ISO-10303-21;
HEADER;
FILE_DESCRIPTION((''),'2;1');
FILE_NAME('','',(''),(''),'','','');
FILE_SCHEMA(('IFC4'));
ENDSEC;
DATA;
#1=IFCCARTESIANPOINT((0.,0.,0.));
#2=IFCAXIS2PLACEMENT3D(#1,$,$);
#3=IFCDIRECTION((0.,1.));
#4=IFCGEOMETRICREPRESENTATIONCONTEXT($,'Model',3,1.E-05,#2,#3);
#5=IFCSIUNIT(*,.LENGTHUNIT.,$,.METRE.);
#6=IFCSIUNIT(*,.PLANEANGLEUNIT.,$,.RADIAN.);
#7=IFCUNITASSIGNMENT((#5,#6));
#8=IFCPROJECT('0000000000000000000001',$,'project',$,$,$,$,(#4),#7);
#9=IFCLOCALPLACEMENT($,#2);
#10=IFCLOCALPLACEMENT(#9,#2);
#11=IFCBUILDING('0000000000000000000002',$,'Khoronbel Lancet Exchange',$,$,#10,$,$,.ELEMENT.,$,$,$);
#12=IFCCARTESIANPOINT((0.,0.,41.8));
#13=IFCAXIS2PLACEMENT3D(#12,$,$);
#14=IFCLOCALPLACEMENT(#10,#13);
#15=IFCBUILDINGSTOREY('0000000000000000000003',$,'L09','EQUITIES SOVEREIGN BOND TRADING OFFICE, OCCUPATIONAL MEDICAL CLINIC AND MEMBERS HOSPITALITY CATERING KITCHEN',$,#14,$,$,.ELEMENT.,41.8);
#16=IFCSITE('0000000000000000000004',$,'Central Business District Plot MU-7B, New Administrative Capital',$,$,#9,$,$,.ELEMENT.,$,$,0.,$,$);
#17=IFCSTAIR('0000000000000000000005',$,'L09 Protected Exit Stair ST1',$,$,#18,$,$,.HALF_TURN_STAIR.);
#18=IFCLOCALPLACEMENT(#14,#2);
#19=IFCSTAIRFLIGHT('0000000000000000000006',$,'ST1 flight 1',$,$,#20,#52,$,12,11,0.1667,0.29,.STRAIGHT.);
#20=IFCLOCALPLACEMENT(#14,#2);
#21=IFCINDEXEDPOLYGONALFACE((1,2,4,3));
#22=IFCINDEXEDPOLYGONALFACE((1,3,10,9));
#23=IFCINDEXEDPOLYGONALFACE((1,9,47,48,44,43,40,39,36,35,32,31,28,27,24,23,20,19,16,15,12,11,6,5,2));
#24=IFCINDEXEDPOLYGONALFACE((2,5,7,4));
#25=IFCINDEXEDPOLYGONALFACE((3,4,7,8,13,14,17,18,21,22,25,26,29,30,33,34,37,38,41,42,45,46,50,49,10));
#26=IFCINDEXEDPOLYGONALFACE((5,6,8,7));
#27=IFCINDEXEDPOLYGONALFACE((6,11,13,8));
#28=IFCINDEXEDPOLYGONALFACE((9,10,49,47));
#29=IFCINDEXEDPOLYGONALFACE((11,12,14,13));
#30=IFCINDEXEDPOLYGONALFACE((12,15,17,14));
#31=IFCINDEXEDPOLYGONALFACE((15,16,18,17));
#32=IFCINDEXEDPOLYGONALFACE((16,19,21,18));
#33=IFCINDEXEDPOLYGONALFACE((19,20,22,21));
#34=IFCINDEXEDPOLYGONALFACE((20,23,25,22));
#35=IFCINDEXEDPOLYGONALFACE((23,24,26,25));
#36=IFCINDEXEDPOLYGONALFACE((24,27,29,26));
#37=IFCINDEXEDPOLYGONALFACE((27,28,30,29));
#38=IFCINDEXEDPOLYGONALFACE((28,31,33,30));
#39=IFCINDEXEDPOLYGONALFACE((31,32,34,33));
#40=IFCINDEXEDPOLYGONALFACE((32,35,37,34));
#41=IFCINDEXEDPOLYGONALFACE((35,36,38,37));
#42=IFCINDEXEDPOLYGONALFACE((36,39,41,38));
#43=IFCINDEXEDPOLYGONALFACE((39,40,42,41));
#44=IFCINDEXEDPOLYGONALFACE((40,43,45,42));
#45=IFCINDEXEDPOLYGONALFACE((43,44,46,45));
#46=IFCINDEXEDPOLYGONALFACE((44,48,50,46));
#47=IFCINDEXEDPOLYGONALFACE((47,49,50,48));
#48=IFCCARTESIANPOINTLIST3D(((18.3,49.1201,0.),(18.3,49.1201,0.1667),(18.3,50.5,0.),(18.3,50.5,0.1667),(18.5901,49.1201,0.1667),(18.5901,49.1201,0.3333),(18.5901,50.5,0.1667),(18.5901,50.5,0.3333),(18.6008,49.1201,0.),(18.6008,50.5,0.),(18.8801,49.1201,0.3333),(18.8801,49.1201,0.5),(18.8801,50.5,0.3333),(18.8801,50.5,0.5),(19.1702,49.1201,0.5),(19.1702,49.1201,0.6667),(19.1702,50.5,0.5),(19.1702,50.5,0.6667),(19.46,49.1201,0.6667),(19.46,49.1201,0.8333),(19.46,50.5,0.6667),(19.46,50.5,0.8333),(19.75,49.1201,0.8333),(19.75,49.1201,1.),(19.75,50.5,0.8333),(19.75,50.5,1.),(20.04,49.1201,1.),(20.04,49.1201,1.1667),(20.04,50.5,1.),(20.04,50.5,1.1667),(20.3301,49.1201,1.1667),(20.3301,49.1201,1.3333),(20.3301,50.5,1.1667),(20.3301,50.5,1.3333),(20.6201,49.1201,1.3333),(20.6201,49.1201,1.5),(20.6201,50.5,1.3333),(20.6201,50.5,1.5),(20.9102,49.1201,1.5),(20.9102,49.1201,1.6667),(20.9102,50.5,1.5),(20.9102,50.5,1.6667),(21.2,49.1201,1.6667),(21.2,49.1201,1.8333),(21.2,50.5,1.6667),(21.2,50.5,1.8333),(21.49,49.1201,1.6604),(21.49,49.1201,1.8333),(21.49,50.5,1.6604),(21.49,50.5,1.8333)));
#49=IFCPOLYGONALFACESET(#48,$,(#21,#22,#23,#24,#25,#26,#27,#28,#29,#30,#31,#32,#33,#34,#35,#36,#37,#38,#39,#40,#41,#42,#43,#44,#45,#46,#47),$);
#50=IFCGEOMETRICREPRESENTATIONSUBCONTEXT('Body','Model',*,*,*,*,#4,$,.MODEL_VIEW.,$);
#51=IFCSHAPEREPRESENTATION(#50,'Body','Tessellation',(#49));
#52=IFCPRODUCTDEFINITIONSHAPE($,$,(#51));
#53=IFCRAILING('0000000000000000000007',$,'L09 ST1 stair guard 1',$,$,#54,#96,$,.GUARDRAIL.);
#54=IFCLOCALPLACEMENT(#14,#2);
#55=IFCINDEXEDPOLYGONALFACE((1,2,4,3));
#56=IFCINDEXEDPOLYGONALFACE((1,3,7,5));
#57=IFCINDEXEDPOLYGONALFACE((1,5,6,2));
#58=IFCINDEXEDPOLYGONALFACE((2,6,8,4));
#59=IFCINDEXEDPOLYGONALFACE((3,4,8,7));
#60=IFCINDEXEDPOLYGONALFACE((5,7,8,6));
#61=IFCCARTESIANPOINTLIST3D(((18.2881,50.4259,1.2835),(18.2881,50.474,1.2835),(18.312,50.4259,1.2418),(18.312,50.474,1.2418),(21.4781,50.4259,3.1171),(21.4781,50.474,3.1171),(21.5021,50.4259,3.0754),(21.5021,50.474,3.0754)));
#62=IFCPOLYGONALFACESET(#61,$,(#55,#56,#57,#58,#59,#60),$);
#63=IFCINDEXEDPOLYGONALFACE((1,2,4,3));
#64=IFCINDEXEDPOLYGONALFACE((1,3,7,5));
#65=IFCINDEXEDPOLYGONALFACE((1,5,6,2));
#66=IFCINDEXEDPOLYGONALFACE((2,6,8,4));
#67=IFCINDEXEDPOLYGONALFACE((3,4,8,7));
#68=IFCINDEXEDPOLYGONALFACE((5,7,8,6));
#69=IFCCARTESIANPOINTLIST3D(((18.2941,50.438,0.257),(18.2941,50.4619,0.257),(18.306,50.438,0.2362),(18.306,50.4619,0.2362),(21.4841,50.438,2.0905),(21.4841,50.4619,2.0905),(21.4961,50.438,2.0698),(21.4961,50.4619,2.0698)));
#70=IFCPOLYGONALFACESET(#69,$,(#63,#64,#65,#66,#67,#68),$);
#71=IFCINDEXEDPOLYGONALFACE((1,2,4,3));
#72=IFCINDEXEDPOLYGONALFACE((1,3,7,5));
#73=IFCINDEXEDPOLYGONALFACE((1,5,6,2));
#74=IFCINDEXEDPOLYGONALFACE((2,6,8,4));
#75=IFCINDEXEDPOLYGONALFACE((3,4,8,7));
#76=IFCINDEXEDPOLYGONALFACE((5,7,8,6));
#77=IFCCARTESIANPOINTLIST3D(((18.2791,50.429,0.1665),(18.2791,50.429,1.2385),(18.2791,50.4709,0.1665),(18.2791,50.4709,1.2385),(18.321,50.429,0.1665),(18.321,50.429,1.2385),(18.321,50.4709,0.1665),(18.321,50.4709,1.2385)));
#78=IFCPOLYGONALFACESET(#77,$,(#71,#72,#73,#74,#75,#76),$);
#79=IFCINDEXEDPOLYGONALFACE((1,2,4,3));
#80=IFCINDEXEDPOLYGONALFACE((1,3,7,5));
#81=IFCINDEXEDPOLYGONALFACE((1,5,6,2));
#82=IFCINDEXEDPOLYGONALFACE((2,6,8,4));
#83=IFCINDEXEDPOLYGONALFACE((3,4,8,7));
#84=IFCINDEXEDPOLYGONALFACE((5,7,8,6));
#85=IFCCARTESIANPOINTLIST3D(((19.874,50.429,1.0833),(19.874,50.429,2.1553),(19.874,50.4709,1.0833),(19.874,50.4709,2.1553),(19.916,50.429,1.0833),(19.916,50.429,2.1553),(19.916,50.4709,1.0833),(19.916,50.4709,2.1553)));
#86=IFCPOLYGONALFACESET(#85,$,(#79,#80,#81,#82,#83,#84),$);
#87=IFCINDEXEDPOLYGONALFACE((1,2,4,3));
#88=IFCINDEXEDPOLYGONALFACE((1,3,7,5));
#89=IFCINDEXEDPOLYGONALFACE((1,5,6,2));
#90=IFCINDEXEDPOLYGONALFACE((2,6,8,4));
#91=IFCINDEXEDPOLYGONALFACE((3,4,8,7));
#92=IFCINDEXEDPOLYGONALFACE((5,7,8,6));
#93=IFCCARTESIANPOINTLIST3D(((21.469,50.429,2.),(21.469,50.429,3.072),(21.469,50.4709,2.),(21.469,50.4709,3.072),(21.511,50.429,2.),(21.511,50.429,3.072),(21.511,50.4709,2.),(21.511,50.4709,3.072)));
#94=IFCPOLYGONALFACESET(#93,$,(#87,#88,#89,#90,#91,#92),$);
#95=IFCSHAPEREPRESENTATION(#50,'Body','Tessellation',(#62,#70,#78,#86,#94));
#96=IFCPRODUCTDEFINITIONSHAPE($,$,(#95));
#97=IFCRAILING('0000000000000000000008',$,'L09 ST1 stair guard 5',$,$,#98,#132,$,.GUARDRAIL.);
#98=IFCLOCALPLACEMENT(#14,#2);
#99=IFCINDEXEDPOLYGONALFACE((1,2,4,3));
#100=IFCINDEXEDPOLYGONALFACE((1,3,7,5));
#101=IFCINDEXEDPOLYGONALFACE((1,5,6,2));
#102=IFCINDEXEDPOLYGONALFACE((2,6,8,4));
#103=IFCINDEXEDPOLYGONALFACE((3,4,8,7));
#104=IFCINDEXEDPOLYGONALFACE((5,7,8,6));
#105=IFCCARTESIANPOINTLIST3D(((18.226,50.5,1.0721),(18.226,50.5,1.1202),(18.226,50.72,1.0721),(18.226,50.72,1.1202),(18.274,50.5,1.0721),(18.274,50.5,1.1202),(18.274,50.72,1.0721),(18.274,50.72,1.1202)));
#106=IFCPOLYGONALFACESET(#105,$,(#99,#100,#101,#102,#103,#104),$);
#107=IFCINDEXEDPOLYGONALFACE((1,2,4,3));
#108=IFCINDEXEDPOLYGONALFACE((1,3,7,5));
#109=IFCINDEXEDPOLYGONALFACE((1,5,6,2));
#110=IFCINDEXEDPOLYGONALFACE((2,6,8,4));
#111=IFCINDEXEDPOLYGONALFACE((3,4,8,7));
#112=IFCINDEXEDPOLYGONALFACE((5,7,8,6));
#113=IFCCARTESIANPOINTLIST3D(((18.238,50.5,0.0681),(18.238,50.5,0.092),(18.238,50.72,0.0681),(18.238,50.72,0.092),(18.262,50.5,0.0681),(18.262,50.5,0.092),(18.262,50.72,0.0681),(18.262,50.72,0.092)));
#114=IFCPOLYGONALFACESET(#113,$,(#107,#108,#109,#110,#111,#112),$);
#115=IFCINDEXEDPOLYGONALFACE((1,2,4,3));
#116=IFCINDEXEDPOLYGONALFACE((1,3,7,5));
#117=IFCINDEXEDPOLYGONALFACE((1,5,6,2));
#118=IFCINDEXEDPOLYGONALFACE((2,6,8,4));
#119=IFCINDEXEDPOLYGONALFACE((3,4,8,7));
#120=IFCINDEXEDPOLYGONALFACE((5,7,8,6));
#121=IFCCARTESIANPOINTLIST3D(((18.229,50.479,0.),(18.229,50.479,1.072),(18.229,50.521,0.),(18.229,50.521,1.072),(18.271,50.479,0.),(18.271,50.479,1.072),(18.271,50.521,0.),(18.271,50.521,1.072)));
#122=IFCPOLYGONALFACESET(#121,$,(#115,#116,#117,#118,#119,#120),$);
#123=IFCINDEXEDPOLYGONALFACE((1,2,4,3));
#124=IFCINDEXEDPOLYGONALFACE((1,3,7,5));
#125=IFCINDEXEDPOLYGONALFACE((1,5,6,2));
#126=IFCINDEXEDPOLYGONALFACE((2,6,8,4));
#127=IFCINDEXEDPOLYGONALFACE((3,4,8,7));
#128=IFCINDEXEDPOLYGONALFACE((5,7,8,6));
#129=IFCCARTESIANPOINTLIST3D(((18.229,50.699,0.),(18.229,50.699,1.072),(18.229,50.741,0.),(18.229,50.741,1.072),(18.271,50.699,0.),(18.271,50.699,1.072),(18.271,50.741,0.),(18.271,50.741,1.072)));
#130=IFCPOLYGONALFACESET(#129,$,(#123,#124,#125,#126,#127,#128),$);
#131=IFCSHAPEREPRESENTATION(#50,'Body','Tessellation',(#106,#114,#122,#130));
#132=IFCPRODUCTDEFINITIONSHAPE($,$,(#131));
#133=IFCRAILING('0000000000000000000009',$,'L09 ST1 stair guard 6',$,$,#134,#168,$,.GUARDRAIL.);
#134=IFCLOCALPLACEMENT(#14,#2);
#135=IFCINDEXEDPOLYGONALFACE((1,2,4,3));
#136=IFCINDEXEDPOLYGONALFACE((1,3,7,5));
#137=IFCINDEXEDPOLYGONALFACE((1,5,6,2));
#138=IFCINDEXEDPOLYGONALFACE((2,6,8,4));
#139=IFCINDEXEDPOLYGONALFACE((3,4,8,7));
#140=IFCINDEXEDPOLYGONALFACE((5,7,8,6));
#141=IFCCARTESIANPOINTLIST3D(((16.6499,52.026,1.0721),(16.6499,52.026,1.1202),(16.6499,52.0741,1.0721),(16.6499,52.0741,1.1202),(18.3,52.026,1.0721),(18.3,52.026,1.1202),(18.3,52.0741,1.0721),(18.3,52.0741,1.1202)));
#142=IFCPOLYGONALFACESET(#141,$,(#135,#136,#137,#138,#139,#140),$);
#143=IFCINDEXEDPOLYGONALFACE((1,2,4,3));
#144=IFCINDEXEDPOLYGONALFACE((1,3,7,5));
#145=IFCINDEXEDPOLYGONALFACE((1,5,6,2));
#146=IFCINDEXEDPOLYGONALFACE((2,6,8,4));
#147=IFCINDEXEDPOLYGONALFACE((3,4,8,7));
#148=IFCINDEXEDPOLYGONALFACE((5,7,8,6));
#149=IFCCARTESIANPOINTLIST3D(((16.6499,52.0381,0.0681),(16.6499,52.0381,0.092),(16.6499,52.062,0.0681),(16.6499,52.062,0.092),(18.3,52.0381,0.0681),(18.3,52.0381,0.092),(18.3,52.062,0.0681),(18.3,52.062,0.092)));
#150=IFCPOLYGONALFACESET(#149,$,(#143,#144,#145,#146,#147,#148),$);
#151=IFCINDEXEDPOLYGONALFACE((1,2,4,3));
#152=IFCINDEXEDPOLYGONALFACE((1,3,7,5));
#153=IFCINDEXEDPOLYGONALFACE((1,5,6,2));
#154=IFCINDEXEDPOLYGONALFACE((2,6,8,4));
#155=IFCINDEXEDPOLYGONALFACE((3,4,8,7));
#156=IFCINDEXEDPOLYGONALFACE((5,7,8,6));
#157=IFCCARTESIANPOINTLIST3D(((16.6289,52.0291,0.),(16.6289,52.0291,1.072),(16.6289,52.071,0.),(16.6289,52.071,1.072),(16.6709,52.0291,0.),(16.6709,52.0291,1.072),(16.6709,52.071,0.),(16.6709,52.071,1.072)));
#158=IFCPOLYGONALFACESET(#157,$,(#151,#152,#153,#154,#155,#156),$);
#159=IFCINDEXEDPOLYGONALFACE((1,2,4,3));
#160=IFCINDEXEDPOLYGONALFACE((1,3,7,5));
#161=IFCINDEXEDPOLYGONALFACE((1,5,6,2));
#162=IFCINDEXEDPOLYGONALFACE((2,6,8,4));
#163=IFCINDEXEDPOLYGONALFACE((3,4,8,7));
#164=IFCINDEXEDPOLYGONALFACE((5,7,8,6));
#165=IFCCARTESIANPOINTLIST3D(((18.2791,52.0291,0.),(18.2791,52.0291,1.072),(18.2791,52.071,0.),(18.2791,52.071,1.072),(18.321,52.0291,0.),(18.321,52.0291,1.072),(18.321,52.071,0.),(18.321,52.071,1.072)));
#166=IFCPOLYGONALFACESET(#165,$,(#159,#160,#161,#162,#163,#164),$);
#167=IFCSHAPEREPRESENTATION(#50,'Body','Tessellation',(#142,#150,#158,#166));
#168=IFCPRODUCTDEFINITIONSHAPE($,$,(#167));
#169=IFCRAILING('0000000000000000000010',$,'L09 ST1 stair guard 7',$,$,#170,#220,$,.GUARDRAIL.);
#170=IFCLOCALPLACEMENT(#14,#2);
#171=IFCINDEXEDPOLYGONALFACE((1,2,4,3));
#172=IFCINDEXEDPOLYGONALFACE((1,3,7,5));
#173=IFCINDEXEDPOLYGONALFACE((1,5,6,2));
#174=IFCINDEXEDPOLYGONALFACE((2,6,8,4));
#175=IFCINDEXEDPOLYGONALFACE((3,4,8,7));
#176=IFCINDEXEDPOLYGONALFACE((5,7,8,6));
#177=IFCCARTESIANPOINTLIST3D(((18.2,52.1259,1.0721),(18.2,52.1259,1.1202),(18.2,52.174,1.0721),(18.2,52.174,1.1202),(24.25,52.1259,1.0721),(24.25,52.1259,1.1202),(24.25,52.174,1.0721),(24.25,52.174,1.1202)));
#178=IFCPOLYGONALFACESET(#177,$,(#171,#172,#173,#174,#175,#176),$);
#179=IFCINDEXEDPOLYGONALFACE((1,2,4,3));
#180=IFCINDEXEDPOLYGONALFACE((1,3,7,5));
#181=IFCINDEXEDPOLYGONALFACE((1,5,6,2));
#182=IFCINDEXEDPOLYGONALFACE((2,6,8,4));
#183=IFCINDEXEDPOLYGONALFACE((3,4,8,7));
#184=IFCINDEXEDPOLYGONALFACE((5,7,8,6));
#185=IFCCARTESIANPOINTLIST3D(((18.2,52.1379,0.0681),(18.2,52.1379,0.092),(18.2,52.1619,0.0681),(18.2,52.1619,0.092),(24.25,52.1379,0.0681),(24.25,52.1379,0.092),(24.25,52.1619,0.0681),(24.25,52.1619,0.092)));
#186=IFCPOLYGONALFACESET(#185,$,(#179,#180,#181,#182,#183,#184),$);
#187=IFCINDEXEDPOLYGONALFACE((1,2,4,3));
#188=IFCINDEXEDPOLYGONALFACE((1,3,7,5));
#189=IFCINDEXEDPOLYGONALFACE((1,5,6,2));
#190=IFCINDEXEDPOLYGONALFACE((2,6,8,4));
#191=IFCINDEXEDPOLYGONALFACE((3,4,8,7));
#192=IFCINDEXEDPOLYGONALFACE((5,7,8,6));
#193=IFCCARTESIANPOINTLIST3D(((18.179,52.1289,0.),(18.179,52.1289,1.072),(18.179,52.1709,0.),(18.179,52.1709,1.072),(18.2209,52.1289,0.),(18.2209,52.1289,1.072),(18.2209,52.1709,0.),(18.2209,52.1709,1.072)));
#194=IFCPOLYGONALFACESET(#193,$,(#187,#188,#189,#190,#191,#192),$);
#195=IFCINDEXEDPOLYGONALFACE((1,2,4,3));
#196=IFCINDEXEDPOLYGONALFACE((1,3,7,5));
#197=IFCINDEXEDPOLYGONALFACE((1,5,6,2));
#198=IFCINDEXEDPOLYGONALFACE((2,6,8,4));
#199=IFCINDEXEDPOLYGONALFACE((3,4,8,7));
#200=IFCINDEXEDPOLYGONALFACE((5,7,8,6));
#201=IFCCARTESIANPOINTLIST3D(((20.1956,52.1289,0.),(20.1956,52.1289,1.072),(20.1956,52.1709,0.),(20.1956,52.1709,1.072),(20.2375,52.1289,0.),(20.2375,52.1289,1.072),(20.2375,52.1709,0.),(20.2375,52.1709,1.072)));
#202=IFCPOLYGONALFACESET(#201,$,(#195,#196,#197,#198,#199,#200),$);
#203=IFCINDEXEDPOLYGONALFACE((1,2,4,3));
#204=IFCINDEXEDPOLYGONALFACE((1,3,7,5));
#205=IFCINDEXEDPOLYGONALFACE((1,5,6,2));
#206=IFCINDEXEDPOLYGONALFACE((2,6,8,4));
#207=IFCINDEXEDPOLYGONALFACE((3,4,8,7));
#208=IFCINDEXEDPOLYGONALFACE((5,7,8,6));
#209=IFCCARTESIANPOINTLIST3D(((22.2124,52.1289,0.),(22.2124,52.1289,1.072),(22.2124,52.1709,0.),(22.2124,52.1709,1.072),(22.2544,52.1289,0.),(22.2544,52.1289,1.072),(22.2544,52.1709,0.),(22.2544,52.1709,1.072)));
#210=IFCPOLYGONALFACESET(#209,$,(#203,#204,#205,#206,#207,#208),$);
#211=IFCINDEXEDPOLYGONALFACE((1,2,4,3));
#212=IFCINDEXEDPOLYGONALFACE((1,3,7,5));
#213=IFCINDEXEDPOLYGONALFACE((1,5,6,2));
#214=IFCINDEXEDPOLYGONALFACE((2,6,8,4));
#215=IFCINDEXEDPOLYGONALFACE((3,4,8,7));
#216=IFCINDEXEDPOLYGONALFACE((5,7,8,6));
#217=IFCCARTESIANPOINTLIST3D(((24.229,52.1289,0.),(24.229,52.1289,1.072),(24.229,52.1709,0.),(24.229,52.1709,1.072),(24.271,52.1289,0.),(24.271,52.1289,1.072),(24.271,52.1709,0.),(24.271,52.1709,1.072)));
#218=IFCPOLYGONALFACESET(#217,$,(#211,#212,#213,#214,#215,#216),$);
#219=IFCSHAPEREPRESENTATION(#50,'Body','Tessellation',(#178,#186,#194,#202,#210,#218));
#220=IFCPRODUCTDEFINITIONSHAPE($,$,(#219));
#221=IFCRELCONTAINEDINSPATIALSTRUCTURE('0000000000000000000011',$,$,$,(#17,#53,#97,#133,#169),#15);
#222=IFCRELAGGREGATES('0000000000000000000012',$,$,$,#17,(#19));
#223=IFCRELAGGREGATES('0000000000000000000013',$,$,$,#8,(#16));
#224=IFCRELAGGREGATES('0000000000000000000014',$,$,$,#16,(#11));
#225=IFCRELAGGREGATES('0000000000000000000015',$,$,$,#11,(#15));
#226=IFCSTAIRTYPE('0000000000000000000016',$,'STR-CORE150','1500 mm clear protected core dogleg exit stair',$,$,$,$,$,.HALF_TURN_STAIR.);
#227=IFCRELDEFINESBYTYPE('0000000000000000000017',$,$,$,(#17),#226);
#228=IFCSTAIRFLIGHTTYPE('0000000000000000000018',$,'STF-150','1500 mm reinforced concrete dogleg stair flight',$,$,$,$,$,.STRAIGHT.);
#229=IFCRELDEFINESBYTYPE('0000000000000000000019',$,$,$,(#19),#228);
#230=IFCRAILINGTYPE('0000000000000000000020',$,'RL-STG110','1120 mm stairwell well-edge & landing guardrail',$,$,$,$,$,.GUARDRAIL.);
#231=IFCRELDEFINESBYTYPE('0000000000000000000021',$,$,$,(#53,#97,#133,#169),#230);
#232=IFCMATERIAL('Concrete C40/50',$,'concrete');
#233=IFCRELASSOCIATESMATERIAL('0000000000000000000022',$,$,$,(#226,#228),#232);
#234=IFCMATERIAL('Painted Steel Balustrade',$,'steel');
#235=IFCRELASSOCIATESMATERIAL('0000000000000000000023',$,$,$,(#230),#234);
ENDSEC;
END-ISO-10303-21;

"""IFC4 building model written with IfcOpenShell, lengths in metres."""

from ifc_helpers import new_model, si_unit, direction, frame, origin, origin_2d, place, context, subcontext, project, spatial, polyline, rectangle, outline, extrude, material, type_object, element, aggregate, save


model = new_model("IFC4")

# Units and contexts
model_context = context("Model", 3, precision=1e-05, world=origin(), true_north=direction((0.0, 1.0)))
body_context = subcontext(model_context, "Body", "Model", "MODEL_VIEW")
ifc_project = project(units=[si_unit("LENGTHUNIT", "METRE"), si_unit("PLANEANGLEUNIT", "RADIAN")], contexts=[model_context])

# Site, building, storey
site_placement = place(None, origin())
site = spatial("IfcSite", under=ifc_project, at=site_placement, Name="Central Business District Plot MU-7B, New Administrative Capital", CompositionType="ELEMENT", RefElevation=0.0)
building_placement = place(site_placement, origin())
building = spatial("IfcBuilding", under=site, at=building_placement, Name="Khoronbel Lancet Exchange", CompositionType="ELEMENT")
storey_placement = place(building_placement, frame((0.0, 0.0, 41.8)))
storey = spatial("IfcBuildingStorey", under=building, at=storey_placement, Name="L09", Description="EQUITIES SOVEREIGN BOND TRADING OFFICE, OCCUPATIONAL MEDICAL CLINIC AND MEMBERS HOSPITALITY CATERING KITCHEN", CompositionType="ELEMENT", Elevation=41.8)

# Stair, stair flight
ifc_material_1 = material(Name="Concrete C40/50", Category="concrete")
stair_type = type_object("IfcStairType", Name="STR-CORE150", Description="1500 mm clear protected core dogleg exit stair", PredefinedType="HALF_TURN_STAIR", material=ifc_material_1)
stair_placement = place(storey_placement, origin())
stair = element("IfcStair", 1, at=stair_placement, inside=storey, type_object=stair_type, Name="L09 Protected Exit Stair ST1", PredefinedType="HALF_TURN_STAIR")
stair_flight_type = type_object("IfcStairFlightType", Name="STF-150", Description="1500 mm reinforced concrete dogleg stair flight", PredefinedType="STRAIGHT", material=ifc_material_1)
stair_flight_placement = place(storey_placement, frame((18.3, 49.8101, 0.0), z_axis=(0.0, 0.0, 1.0), x_axis=(1.0, 0.0, 0.0)))
stair_flight = element("IfcStairFlight", 2, at=stair_flight_placement, type_object=stair_flight_type, Name="ST1 flight 1", NumberOfRisers=12, NumberOfTreads=11, PredefinedType="STRAIGHT", RiserHeight=0.1667, TreadLength=0.29, context=body_context, shape_type="SweptSolid", body=[
    extrude(outline(polyline([(0.0, 0.0), (0.0, 0.1667), (0.29, 0.1667), (0.29, 0.3333), (0.5801, 0.3333), (0.5801, 0.5), (0.8701, 0.5), (0.8701, 0.6667), (1.1599, 0.6667), (1.1599, 0.8333), (1.45, 0.8333), (1.45, 1.0), (1.74, 1.0), (1.74, 1.1667), (2.03, 1.1667), (2.03, 1.3333), (2.3201, 1.3333), (2.3201, 1.5), (2.6101, 1.5), (2.6101, 1.6667), (2.8999, 1.6667), (2.8999, 1.8333), (3.1899, 1.8333), (3.1899, 2.0), (3.1899, 1.6604), (0.3008, 0.0), (0.0, 0.0)])), frame((0.0, 0.6899, 0.0), z_axis=(0.0, -1.0, 0.0), x_axis=(1.0, 0.0, 0.0)), (0.0, 0.0, 1.0), 1.3799),
])
aggregate(stair, [stair_flight])

# Railings
ifc_material_2 = material(Name="Painted Steel Balustrade", Category="steel")
railing_type_1 = type_object("IfcRailingType", Name="RL-STG110", Description="1120 mm stairwell well-edge & landing guardrail", PredefinedType="GUARDRAIL", material=ifc_material_2)
railing_1_placement = place(storey_placement, frame((18.3, 50.45, 0.1665)))
element("IfcRailing", 3, at=railing_1_placement, inside=storey, type_object=railing_type_1, Name="L09 ST1 stair guard 1", PredefinedType="GUARDRAIL", context=body_context, shape_type="SweptSolid", body=[
    extrude(rectangle(XDim=0.0481, YDim=0.0481, at=origin_2d()), frame((0.0, 0.0, 1.0962), z_axis=(0.866991, 0.0, 0.498324), x_axis=(0.0, 1.0, 0.0)), (0.0, 0.0, 1.0), 3.6794),
    extrude(rectangle(XDim=0.0239, YDim=0.0239, at=origin_2d()), frame((0.0, 0.0, 0.0801), z_axis=(0.866991, 0.0, 0.498324), x_axis=(0.0, 1.0, 0.0)), (0.0, 0.0, 1.0), 3.6794),
    extrude(rectangle(XDim=0.042, YDim=0.042, at=origin_2d()), origin(), (0.0, 0.0, 1.0), 1.072),
    extrude(rectangle(XDim=0.042, YDim=0.042, at=origin_2d()), frame((1.595, 0.0, 0.9167)), (0.0, 0.0, 1.0), 1.072),
    extrude(rectangle(XDim=0.042, YDim=0.042, at=origin_2d()), frame((3.1899, 0.0, 1.8335)), (0.0, 0.0, 1.0), 1.072),
])
railing_2_placement = place(storey_placement, frame((18.25, 50.5, 0.0)))
element("IfcRailing", 4, at=railing_2_placement, inside=storey, type_object=railing_type_1, Name="L09 ST1 stair guard 5", PredefinedType="GUARDRAIL", context=body_context, shape_type="SweptSolid", body=[
    extrude(rectangle(XDim=0.0481, YDim=0.0481, at=origin_2d()), frame((0.0, 0.0, 1.0962), z_axis=(0.0, 1.0, 0.0), x_axis=(-1.0, 0.0, 0.0)), (0.0, 0.0, 1.0), 0.22),
    extrude(rectangle(XDim=0.0239, YDim=0.0239, at=origin_2d()), frame((0.0, 0.0, 0.0801), z_axis=(0.0, 1.0, 0.0), x_axis=(-1.0, 0.0, 0.0)), (0.0, 0.0, 1.0), 0.22),
    extrude(rectangle(XDim=0.042, YDim=0.042, at=origin_2d()), origin(), (0.0, 0.0, 1.0), 1.072),
    extrude(rectangle(XDim=0.042, YDim=0.042, at=origin_2d()), frame((0.0, 0.22, 0.0)), (0.0, 0.0, 1.0), 1.072),
])
railing_3_placement = place(storey_placement, frame((16.6499, 52.05, 0.0)))
element("IfcRailing", 5, at=railing_3_placement, inside=storey, type_object=railing_type_1, Name="L09 ST1 stair guard 6", PredefinedType="GUARDRAIL", context=body_context, shape_type="SweptSolid", body=[
    extrude(rectangle(XDim=0.0481, YDim=0.0481, at=origin_2d()), frame((0.0, 0.0, 1.0962), z_axis=(1.0, 0.0, 0.0), x_axis=(0.0, 1.0, 0.0)), (0.0, 0.0, 1.0), 1.6501),
    extrude(rectangle(XDim=0.0239, YDim=0.0239, at=origin_2d()), frame((0.0, 0.0, 0.0801), z_axis=(1.0, 0.0, 0.0), x_axis=(0.0, 1.0, 0.0)), (0.0, 0.0, 1.0), 1.6501),
    extrude(rectangle(XDim=0.042, YDim=0.042, at=origin_2d()), origin(), (0.0, 0.0, 1.0), 1.072),
    extrude(rectangle(XDim=0.042, YDim=0.042, at=origin_2d()), frame((1.6501, 0.0, 0.0)), (0.0, 0.0, 1.0), 1.072),
])
railing_4_placement = place(storey_placement, frame((18.2, 52.1499, 0.0)))
element("IfcRailing", 6, at=railing_4_placement, inside=storey, type_object=railing_type_1, Name="L09 ST1 stair guard 7", PredefinedType="GUARDRAIL", context=body_context, shape_type="SweptSolid", body=[
    extrude(rectangle(XDim=0.0481, YDim=0.0481, at=origin_2d()), frame((0.0, 0.0, 1.0962), z_axis=(1.0, 0.0, 0.0), x_axis=(0.0, 1.0, 0.0)), (0.0, 0.0, 1.0), 6.05),
    extrude(rectangle(XDim=0.0239, YDim=0.0239, at=origin_2d()), frame((0.0, 0.0, 0.0801), z_axis=(1.0, 0.0, 0.0), x_axis=(0.0, 1.0, 0.0)), (0.0, 0.0, 1.0), 6.05),
    extrude(rectangle(XDim=0.042, YDim=0.042, at=origin_2d()), origin(), (0.0, 0.0, 1.0), 1.072),
    extrude(rectangle(XDim=0.042, YDim=0.042, at=origin_2d()), frame((2.0166, 0.0, 0.0)), (0.0, 0.0, 1.0), 1.072),
    extrude(rectangle(XDim=0.042, YDim=0.042, at=origin_2d()), frame((4.0334, 0.0, 0.0)), (0.0, 0.0, 1.0), 1.072),
    extrude(rectangle(XDim=0.042, YDim=0.042, at=origin_2d()), frame((6.05, 0.0, 0.0)), (0.0, 0.0, 1.0), 1.072),
])

save(model, "model.ifc")
